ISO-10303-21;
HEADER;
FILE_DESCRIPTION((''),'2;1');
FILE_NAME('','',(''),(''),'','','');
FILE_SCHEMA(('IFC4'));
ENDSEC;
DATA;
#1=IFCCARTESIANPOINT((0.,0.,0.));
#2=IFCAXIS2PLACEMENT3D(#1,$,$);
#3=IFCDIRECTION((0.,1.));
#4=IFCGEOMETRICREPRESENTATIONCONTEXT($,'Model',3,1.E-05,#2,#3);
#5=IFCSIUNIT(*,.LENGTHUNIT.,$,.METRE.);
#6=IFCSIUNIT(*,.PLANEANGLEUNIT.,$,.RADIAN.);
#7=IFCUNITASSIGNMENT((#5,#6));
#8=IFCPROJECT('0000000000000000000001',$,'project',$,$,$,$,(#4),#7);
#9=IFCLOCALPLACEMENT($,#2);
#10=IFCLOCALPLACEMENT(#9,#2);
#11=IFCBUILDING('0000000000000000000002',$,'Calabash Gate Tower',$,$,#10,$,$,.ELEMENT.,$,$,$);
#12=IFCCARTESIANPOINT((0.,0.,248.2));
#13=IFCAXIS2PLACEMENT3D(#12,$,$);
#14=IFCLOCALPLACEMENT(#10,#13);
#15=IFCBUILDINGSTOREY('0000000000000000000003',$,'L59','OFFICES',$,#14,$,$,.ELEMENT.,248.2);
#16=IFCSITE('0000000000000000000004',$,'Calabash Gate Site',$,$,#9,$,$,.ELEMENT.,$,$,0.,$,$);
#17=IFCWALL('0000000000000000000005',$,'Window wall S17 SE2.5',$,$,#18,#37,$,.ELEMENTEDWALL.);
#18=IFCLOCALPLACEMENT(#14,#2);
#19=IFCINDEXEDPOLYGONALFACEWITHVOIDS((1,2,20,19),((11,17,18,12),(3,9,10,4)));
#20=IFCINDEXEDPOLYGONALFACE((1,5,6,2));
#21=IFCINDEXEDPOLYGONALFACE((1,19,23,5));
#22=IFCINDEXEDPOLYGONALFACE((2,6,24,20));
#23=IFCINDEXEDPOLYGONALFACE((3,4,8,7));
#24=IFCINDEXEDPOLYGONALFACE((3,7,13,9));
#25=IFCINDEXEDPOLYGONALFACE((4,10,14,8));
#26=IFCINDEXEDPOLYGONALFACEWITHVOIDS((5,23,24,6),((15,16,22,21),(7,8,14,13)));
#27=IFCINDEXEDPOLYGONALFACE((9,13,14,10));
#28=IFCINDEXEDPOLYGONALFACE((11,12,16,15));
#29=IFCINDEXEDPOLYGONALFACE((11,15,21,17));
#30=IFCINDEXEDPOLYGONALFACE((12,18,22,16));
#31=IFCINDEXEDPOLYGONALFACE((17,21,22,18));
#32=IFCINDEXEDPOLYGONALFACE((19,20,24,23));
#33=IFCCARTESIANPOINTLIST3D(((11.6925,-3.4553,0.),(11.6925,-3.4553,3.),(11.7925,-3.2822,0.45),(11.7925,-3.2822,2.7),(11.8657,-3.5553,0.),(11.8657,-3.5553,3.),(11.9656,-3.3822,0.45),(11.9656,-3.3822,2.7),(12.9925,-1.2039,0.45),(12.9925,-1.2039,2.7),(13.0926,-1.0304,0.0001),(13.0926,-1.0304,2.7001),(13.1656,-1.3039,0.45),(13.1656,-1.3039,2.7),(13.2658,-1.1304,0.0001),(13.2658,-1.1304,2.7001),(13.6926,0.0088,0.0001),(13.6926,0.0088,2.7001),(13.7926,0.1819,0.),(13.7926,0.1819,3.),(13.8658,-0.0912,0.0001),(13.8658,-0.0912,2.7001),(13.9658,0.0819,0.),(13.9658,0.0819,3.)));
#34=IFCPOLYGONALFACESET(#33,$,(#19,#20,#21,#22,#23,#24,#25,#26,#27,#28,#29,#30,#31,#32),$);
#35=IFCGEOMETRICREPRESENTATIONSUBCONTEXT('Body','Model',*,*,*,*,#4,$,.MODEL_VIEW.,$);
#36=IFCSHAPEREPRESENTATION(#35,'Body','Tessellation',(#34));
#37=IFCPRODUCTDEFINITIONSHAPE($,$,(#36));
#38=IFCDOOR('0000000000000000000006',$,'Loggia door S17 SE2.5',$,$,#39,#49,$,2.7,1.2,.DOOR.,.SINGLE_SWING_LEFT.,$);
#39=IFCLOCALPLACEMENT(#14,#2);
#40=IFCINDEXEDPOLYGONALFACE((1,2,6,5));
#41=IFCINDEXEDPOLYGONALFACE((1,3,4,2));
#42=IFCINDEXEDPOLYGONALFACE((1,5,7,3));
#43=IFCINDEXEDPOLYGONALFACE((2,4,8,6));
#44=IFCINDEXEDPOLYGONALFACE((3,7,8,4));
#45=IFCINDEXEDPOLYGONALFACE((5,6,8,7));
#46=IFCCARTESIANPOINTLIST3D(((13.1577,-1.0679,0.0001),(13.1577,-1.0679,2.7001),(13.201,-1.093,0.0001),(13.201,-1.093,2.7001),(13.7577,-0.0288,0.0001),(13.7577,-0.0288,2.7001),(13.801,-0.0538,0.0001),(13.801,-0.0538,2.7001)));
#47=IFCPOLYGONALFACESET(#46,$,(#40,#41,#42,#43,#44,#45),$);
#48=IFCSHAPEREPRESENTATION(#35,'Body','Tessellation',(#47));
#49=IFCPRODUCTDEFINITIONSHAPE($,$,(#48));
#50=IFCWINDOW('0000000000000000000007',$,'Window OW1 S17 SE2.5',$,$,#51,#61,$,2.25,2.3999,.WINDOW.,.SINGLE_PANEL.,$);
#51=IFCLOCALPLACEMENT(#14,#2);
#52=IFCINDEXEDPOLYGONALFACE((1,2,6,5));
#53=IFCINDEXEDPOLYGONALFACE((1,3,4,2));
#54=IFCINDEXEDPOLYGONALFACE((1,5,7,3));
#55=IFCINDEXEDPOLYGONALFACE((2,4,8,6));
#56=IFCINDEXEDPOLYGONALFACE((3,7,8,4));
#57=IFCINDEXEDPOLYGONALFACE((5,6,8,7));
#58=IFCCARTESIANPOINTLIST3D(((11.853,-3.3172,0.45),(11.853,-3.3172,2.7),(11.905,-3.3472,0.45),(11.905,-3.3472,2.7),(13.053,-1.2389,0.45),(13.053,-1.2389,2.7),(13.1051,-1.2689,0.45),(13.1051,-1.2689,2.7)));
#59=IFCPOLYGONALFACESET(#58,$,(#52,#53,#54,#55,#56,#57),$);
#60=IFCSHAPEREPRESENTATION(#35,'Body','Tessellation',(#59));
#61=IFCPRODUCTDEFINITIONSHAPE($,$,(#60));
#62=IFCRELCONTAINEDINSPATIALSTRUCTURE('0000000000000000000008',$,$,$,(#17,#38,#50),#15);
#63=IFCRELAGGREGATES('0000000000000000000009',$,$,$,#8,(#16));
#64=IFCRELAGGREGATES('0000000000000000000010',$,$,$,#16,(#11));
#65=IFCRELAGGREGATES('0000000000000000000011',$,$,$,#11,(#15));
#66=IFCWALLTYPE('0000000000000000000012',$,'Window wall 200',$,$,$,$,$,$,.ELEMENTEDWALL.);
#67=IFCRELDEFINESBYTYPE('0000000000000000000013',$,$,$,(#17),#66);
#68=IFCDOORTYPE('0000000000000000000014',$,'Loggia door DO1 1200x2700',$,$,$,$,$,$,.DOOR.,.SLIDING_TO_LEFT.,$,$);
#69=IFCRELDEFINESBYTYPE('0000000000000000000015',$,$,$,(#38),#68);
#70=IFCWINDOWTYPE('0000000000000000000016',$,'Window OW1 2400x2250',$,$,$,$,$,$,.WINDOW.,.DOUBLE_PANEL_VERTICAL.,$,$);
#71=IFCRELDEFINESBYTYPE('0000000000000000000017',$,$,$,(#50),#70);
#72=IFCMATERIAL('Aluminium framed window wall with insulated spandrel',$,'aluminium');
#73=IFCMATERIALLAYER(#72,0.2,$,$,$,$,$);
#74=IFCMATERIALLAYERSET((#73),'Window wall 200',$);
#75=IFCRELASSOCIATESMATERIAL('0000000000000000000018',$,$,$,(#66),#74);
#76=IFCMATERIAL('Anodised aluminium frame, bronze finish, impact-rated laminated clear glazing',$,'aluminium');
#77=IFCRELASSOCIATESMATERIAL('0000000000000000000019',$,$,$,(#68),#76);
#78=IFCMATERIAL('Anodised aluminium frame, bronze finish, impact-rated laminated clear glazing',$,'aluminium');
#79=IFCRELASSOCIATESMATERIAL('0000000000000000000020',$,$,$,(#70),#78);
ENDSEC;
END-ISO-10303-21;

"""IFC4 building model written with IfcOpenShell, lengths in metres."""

from ifc_helpers import new_model, si_unit, direction, frame, frame_2d, origin, place, context, subcontext, project, spatial, rectangle, extrude, material, layer, layer_set, type_object, element, fill, save


model = new_model("IFC4")

# Units and contexts
model_context = context("Model", 3, precision=1e-05, world=origin(), true_north=direction((0.0, 1.0)))
body_context = subcontext(model_context, "Body", "Model", "MODEL_VIEW")
ifc_project = project(units=[si_unit("LENGTHUNIT", "METRE"), si_unit("PLANEANGLEUNIT", "RADIAN")], contexts=[model_context])

# Site, building, storey
site_placement = place(None, origin())
site = spatial("IfcSite", under=ifc_project, at=site_placement, Name="Calabash Gate Site", CompositionType="ELEMENT", RefElevation=0.0)
building_placement = place(site_placement, origin())
building = spatial("IfcBuilding", under=site, at=building_placement, Name="Calabash Gate Tower", CompositionType="ELEMENT")
storey_placement = place(building_placement, frame((0.0, 0.0, 248.2)))
storey = spatial("IfcBuildingStorey", under=building, at=storey_placement, Name="L59", Description="OFFICES", CompositionType="ELEMENT", Elevation=248.2)

# Shared definitions
ifc_material_1 = material(Name="Aluminium framed window wall with insulated spandrel", Category="aluminium")
ifc_layer_1 = layer(ifc_material_1, 0.2)
ifc_layer_set_1 = layer_set([ifc_layer_1], Name="Window wall 200")
wall_type_1 = type_object("IfcWallType", Name="Window wall 200", PredefinedType="ELEMENTEDWALL", material=ifc_layer_set_1)

# Wall, openings, door, window
wall_1_placement = place(storey_placement, frame((11.7791, -3.5054, 0.0), z_axis=(0.0, 0.0, 1.0), x_axis=(0.500028, 0.866009, 0.0)))
wall_1 = element("IfcWall", 1, at=wall_1_placement, inside=storey, type_object=wall_type_1, Name="Window wall S17 SE2.5", PredefinedType="ELEMENTEDWALL", context=body_context, shape_type="SweptSolid", body=[
    extrude(rectangle(XDim=4.2, YDim=0.2, at=frame_2d((2.1001, 0.0))), origin(), (0.0, 0.0, 1.0), 3.0),
])
opening_1_placement = place(wall_1_placement, frame((0.2, 0.0, 0.45)))
opening_1 = element("IfcOpeningElement", 2, at=opening_1_placement, cuts=wall_1, PredefinedType="OPENING", context=body_context, shape_type="SweptSolid", body=[
    extrude(rectangle(XDim=2.3999, YDim=2.25, at=frame_2d((1.2, 1.125))), frame((0.0, 0.1099, 0.0), z_axis=(0.0, -1.0, 0.0), x_axis=(1.0, 0.0, 0.0)), (0.0, 0.0, 1.0), 0.22),
])
opening_2_placement = place(wall_1_placement, frame((2.8, 0.0, 0.0)))
opening_2 = element("IfcOpeningElement", 3, at=opening_2_placement, cuts=wall_1, PredefinedType="OPENING", context=body_context, shape_type="SweptSolid", body=[
    extrude(rectangle(XDim=1.2, YDim=2.7, at=frame_2d((0.6001, 1.3501))), frame((0.0, 0.1099, 0.0), z_axis=(0.0, -1.0, 0.0), x_axis=(1.0, 0.0, 0.0)), (0.0, 0.0, 1.0), 0.22),
])
ifc_material_2 = material(Name="Anodised aluminium frame, bronze finish, impact-rated laminated clear glazing", Category="aluminium")
door_type_1 = type_object("IfcDoorType", Name="Loggia door DO1 1200x2700", OperationType="SLIDING_TO_LEFT", PredefinedType="DOOR", material=ifc_material_2)
door_1_placement = place(opening_2_placement, origin())
door_1 = element("IfcDoor", 4, at=door_1_placement, inside=storey, type_object=door_type_1, Name="Loggia door S17 SE2.5", OperationType="SINGLE_SWING_LEFT", OverallHeight=2.7, OverallWidth=1.2, PredefinedType="DOOR", context=body_context, shape_type="SweptSolid", body=[
    extrude(rectangle(XDim=1.2, YDim=2.7, at=frame_2d((0.6001, 1.3501))), frame((0.0, 0.0249, 0.0), z_axis=(0.0, -1.0, 0.0), x_axis=(1.0, 0.0, 0.0)), (0.0, 0.0, 1.0), 0.05),
])
fill(opening_2, door_1)
ifc_material_3 = material(Name="Anodised aluminium frame, bronze finish, impact-rated laminated clear glazing", Category="aluminium")
window_type = type_object("IfcWindowType", Name="Window OW1 2400x2250", PartitioningType="DOUBLE_PANEL_VERTICAL", PredefinedType="WINDOW", material=ifc_material_3)
window_placement = place(opening_1_placement, origin())
window = element("IfcWindow", 5, at=window_placement, inside=storey, type_object=window_type, Name="Window OW1 S17 SE2.5", OverallHeight=2.25, OverallWidth=2.3999, PartitioningType="SINGLE_PANEL", PredefinedType="WINDOW", context=body_context, shape_type="SweptSolid", body=[
    extrude(rectangle(XDim=2.3999, YDim=2.25, at=frame_2d((1.2, 1.125))), frame((0.0, 0.03, 0.0), z_axis=(0.0, -1.0, 0.0), x_axis=(1.0, 0.0, 0.0)), (0.0, 0.0, 1.0), 0.0601),
])
fill(opening_1, window)

save(model, "model.ifc")
